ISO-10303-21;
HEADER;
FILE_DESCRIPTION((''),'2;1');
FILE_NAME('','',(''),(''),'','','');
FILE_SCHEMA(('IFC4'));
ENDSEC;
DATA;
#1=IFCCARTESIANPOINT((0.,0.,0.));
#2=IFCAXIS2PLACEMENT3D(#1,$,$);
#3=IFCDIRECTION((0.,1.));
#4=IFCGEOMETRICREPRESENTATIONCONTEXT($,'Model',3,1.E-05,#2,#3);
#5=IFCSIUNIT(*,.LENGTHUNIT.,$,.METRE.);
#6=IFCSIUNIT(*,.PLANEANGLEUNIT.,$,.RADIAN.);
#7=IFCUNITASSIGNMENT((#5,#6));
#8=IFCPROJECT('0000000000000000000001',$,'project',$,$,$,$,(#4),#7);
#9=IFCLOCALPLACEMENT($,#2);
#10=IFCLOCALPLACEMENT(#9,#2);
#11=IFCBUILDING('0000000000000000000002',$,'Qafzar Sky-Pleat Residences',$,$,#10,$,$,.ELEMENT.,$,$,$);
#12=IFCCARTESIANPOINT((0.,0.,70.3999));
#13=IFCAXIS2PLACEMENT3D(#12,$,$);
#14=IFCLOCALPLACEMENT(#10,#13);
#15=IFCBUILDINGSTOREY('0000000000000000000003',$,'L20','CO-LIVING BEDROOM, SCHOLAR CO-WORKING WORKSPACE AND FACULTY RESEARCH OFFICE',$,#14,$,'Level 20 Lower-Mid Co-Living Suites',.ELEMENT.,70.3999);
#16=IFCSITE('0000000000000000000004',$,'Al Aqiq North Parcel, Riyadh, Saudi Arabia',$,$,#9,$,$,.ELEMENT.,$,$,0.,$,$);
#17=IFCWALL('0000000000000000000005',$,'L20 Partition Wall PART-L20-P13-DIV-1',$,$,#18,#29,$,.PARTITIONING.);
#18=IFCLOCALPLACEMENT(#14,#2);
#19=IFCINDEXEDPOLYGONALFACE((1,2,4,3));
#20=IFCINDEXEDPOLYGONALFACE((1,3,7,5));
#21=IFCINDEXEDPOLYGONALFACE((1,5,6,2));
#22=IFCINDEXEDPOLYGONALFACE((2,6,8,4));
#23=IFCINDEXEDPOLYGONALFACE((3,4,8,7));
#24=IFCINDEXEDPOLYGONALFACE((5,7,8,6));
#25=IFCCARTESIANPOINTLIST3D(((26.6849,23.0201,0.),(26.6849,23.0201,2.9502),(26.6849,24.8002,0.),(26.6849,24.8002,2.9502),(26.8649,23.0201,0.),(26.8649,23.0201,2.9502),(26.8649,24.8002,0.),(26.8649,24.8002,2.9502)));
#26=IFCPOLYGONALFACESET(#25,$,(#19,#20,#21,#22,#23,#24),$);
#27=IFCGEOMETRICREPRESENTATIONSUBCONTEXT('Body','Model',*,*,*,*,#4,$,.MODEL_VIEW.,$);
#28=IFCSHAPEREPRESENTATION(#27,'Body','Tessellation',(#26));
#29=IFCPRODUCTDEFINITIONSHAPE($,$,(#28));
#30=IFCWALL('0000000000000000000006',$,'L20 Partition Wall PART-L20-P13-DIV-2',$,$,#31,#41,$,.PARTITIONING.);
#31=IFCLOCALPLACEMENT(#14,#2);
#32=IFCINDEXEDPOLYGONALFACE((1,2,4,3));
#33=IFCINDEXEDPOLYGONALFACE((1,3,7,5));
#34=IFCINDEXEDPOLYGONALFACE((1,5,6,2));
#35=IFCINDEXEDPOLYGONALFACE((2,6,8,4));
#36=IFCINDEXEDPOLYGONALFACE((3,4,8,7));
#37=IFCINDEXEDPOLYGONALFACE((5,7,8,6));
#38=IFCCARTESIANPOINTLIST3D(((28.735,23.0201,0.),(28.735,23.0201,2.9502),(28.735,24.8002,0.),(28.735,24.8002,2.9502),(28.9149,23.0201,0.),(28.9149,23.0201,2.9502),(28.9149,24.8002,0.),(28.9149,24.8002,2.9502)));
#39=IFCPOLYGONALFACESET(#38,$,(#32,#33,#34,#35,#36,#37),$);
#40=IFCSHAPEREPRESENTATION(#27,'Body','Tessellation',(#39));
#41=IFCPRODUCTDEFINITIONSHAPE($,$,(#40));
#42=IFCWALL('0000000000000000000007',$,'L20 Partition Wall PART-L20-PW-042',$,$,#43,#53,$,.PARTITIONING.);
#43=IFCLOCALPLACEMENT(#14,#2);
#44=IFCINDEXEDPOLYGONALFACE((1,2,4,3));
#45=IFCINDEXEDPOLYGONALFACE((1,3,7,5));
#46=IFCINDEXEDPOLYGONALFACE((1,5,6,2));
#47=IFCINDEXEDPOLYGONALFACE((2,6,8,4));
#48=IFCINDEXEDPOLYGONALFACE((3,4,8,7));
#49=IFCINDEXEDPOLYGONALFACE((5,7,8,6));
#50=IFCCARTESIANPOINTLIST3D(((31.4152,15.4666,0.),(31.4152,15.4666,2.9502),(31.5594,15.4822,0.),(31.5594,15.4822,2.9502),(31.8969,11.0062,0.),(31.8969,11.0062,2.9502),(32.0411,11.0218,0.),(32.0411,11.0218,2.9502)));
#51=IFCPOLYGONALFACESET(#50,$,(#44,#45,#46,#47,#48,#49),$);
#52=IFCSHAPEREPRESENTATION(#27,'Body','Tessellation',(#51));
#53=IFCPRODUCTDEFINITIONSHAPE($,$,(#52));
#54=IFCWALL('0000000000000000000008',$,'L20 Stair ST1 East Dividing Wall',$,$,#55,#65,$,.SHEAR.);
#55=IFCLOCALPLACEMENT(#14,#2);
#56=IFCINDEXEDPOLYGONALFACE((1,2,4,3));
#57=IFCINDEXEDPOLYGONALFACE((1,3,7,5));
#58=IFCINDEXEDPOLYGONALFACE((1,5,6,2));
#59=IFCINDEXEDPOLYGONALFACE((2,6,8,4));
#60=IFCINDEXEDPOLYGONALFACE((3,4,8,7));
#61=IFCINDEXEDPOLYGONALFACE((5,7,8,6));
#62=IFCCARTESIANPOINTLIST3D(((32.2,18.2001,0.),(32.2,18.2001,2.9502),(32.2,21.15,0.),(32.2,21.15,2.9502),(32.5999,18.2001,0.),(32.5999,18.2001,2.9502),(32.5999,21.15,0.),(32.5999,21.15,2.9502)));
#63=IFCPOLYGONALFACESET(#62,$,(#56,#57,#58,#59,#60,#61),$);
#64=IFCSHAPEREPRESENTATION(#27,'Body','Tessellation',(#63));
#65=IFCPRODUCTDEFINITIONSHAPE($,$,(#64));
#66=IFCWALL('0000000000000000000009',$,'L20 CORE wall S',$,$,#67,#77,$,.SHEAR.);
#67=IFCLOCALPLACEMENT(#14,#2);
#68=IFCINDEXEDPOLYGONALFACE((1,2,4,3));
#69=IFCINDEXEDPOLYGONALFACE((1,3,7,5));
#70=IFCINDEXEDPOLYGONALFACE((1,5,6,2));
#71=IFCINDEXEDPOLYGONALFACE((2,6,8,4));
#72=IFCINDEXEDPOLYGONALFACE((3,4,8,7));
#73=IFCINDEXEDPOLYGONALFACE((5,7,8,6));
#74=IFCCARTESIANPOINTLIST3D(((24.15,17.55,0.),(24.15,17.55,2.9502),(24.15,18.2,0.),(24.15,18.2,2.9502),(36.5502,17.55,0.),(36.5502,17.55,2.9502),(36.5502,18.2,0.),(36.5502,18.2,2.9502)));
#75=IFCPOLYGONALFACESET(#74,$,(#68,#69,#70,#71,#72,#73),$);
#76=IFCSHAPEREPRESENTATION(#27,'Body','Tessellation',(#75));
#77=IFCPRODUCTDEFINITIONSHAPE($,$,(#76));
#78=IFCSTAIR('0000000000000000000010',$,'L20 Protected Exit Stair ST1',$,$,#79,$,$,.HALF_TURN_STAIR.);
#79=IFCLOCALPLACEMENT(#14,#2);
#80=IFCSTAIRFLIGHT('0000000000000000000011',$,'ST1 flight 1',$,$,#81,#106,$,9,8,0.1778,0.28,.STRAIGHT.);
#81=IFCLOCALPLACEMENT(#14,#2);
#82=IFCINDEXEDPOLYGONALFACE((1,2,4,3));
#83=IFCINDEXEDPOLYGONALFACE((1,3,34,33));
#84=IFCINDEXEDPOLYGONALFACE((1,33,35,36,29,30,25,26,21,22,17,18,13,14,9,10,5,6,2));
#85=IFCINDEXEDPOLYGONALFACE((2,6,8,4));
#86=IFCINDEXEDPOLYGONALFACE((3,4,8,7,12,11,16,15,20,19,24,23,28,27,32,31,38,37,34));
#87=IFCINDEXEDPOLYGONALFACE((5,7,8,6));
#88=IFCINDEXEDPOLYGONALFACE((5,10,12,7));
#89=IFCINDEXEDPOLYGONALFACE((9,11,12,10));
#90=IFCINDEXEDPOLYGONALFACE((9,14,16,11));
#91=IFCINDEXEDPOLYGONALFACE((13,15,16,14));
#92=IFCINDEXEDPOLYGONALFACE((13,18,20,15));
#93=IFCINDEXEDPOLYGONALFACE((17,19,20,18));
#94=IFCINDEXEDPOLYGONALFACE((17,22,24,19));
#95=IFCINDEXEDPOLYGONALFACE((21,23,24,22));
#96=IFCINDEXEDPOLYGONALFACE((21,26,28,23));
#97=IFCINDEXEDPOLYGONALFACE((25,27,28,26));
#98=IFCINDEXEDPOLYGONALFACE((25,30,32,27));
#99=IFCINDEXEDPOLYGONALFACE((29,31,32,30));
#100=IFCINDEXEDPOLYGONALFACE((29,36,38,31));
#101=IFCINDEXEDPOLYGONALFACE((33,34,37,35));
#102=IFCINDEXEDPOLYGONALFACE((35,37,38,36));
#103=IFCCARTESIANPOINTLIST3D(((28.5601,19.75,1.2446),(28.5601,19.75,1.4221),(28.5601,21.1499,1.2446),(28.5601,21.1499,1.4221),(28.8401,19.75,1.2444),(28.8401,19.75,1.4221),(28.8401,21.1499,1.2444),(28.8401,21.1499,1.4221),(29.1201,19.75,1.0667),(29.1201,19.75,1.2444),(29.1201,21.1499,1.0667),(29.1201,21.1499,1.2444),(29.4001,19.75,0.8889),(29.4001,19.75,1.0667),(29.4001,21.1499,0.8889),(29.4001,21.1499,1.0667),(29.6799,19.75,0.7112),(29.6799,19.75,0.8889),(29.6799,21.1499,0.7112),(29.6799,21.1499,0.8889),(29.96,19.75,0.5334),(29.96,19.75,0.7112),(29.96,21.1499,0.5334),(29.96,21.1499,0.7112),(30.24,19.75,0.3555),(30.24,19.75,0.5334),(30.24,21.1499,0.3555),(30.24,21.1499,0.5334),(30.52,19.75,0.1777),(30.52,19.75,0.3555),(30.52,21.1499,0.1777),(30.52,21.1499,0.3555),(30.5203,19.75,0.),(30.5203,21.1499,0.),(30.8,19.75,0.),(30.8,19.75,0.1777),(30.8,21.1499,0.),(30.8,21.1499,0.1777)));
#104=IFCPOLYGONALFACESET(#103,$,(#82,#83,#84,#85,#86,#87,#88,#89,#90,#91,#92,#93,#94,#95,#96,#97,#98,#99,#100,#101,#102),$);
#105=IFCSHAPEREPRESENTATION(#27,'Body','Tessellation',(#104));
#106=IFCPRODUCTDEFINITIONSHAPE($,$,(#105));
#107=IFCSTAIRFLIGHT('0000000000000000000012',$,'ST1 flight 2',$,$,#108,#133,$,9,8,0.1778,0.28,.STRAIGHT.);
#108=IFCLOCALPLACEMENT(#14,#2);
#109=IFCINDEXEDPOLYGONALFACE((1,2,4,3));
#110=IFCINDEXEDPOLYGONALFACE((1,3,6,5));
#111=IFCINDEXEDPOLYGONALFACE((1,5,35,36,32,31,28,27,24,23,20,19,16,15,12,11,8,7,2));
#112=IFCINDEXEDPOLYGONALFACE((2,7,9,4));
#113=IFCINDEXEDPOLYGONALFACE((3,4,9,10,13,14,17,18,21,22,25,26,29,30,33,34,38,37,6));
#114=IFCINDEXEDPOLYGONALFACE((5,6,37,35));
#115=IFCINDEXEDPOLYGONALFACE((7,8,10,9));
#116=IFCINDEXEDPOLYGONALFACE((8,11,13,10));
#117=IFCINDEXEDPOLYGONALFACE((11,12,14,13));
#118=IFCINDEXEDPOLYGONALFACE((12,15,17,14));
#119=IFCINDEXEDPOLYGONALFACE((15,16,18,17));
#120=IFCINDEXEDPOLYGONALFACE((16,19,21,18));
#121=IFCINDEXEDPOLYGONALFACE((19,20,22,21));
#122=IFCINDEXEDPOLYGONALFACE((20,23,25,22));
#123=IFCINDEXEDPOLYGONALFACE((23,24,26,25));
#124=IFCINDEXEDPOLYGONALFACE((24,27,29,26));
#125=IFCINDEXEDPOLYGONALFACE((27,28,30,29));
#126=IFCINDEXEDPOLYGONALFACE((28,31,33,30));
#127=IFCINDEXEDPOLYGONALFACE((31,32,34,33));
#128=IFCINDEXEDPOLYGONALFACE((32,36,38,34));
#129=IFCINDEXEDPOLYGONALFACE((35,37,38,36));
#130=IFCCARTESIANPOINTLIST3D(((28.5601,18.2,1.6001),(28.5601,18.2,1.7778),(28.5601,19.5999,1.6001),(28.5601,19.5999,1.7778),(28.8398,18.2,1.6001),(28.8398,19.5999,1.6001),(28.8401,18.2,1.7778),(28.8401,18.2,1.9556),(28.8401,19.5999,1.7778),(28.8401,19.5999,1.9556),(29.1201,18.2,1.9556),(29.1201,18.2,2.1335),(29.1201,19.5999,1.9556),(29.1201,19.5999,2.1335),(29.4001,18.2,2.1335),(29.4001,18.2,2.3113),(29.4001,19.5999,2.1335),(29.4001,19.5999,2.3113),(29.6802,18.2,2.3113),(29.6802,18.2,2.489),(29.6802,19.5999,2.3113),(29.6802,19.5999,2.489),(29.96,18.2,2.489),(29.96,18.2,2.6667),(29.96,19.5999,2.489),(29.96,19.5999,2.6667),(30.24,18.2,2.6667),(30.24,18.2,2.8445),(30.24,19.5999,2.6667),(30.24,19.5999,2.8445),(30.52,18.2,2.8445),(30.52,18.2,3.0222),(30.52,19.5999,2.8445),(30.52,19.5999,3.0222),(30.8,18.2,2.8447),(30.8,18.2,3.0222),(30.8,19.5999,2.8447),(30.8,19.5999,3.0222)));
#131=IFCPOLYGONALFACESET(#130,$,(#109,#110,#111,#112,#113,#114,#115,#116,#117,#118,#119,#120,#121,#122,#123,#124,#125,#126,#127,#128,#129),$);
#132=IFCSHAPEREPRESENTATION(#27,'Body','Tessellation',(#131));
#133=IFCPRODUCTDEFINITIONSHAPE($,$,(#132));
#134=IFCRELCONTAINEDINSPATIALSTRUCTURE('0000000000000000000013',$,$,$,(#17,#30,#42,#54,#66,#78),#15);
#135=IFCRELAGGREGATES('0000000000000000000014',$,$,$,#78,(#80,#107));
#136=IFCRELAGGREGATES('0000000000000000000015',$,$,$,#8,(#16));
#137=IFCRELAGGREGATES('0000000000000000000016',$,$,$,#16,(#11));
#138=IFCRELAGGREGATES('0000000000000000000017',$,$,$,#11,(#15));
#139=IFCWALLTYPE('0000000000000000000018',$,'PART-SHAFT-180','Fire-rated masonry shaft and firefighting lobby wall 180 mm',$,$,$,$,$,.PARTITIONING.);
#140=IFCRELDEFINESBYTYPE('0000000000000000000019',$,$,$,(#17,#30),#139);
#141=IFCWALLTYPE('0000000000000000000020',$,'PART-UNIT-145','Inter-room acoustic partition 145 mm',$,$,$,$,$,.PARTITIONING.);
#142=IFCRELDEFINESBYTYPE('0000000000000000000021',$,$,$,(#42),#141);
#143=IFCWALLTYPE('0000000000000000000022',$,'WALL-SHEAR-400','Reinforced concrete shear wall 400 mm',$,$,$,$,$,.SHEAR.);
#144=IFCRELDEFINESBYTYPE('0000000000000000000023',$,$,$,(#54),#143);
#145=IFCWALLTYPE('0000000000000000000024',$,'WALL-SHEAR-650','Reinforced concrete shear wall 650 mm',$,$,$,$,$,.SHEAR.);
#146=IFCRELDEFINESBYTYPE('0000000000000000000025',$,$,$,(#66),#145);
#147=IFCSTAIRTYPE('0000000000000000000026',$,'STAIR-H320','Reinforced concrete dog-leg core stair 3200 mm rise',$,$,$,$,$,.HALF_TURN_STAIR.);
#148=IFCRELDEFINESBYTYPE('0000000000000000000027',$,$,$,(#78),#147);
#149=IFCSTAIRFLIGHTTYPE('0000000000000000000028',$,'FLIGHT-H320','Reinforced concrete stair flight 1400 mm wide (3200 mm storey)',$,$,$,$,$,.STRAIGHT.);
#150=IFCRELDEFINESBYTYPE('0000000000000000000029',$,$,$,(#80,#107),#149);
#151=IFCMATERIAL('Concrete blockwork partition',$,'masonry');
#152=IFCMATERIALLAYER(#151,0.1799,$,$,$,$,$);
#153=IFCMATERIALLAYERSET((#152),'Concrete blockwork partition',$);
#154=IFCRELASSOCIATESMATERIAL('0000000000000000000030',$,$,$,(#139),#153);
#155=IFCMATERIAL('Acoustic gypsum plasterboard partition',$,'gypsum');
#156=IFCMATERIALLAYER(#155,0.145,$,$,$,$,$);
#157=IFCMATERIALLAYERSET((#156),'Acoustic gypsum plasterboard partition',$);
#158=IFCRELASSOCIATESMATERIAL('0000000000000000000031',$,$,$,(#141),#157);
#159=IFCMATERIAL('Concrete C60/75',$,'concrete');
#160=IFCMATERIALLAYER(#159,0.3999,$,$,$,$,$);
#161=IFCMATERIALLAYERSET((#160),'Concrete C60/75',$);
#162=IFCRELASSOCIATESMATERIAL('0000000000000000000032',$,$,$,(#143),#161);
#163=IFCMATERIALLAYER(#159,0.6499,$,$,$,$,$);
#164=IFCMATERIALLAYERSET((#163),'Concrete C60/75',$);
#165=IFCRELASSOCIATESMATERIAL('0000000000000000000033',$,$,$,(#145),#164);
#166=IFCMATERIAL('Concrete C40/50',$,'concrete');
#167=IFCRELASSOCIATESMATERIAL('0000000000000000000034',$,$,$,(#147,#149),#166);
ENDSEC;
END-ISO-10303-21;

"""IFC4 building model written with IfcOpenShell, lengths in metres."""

from ifc_helpers import new_model, si_unit, direction, frame, frame_2d, origin, place, context, subcontext, project, spatial, polyline, rectangle, outline, extrude, source, transform, mapped, material, layer, layer_set, type_object, element, aggregate, save


model = new_model("IFC4")

# Units and contexts
model_context = context("Model", 3, precision=1e-05, world=origin(), true_north=direction((0.0, 1.0)))
body_context = subcontext(model_context, "Body", "Model", "MODEL_VIEW")
ifc_project = project(units=[si_unit("LENGTHUNIT", "METRE"), si_unit("PLANEANGLEUNIT", "RADIAN")], contexts=[model_context])

# Site, building, storey
site_placement = place(None, origin())
site = spatial("IfcSite", under=ifc_project, at=site_placement, Name="Al Aqiq North Parcel, Riyadh, Saudi Arabia", CompositionType="ELEMENT", RefElevation=0.0)
building_placement = place(site_placement, origin())
building = spatial("IfcBuilding", under=site, at=building_placement, Name="Qafzar Sky-Pleat Residences", CompositionType="ELEMENT")
storey_placement = place(building_placement, frame((0.0, 0.0, 70.3999)))
storey = spatial("IfcBuildingStorey", under=building, at=storey_placement, Name="L20", Description="CO-LIVING BEDROOM, SCHOLAR CO-WORKING WORKSPACE AND FACULTY RESEARCH OFFICE", LongName="Level 20 Lower-Mid Co-Living Suites", CompositionType="ELEMENT", Elevation=70.3999)

# Shared definitions
ifc_material_1 = material(Name="Acoustic gypsum plasterboard partition", Category="gypsum")
ifc_material_2 = material(Name="Concrete blockwork partition", Category="masonry")
ifc_layer_1 = layer(ifc_material_2, 0.1799)
ifc_layer_set_1 = layer_set([ifc_layer_1], Name="Concrete blockwork partition")
wall_type_1 = type_object("IfcWallType", Name="PART-SHAFT-180", Description="Fire-rated masonry shaft and firefighting lobby wall 180 mm", PredefinedType="PARTITIONING", material=ifc_layer_set_1)

# Walls
for number, where, z_axis, x_axis, name in (
    (1, (26.7749, 23.02, 0.0), (0.0, 0.0, 1.0), (0.0, 1.0, 0.0), "L20 Partition Wall PART-L20-P13-DIV-1"),
    (2, (28.825, 23.02, 0.0), (0.0, 0.0, 1.0), (0.0, 1.0, 0.0), "L20 Partition Wall PART-L20-P13-DIV-2"),
):
    element("IfcWall", number, at=place(storey_placement, frame(where, z_axis=z_axis, x_axis=x_axis)), inside=storey, type_object=wall_type_1, Name=name, PredefinedType="PARTITIONING", context=body_context, shape_type="SweptSolid", body=[
        extrude(rectangle(XDim=1.78, YDim=0.1799, at=frame_2d((0.8901, 0.0))), origin(), (0.0, 0.0, 1.0), 2.9502),
    ])
ifc_layer_2 = layer(ifc_material_1, 0.145)
ifc_layer_set_2 = layer_set([ifc_layer_2], Name="Acoustic gypsum plasterboard partition")
wall_type_2 = type_object("IfcWallType", Name="PART-UNIT-145", Description="Inter-room acoustic partition 145 mm", PredefinedType="PARTITIONING", material=ifc_layer_set_2)
wall_1_placement = place(storey_placement, frame((31.4873, 15.4744, 0.0), z_axis=(0.0, 0.0, 1.0), x_axis=(0.107367, -0.994219, 0.0)))
element("IfcWall", 3, at=wall_1_placement, inside=storey, type_object=wall_type_2, Name="L20 Partition Wall PART-L20-PW-042", PredefinedType="PARTITIONING", context=body_context, shape_type="SweptSolid", body=[
    extrude(rectangle(XDim=4.4863, YDim=0.145, at=frame_2d((2.2432, 0.0))), origin(), (0.0, 0.0, 1.0), 2.9502),
])

# Shared definitions
ifc_material_3 = material(Name="Concrete C60/75", Category="concrete")

# Walls
ifc_layer_3 = layer(ifc_material_3, 0.3999)
ifc_layer_set_3 = layer_set([ifc_layer_3], Name="Concrete C60/75")
wall_type_3 = type_object("IfcWallType", Name="WALL-SHEAR-400", Description="Reinforced concrete shear wall 400 mm", PredefinedType="SHEAR", material=ifc_layer_set_3)
wall_2_placement = place(storey_placement, frame((32.3999, 18.2, 0.0), z_axis=(0.0, 0.0, 1.0), x_axis=(0.0, 1.0, 0.0)))
element("IfcWall", 4, at=wall_2_placement, inside=storey, type_object=wall_type_3, Name="L20 Stair ST1 East Dividing Wall", PredefinedType="SHEAR", context=body_context, shape_type="SweptSolid", body=[
    extrude(rectangle(XDim=2.95, YDim=0.3999, at=frame_2d((1.4751, 0.0))), origin(), (0.0, 0.0, 1.0), 2.9502),
])
ifc_layer_4 = layer(ifc_material_3, 0.6499)
ifc_layer_set_4 = layer_set([ifc_layer_4], Name="Concrete C60/75")
wall_type_4 = type_object("IfcWallType", Name="WALL-SHEAR-650", Description="Reinforced concrete shear wall 650 mm", PredefinedType="SHEAR", material=ifc_layer_set_4)
wall_3_placement = place(storey_placement, frame((24.1499, 17.875, 0.0), z_axis=(0.0, 0.0, 1.0), x_axis=(1.0, 0.0, 0.0)))
element("IfcWall", 5, at=wall_3_placement, inside=storey, type_object=wall_type_4, Name="L20 CORE wall S", PredefinedType="SHEAR", context=body_context, shape_type="SweptSolid", body=[
    extrude(rectangle(XDim=12.4001, YDim=0.6499, at=frame_2d((6.2002, 0.0))), origin(), (0.0, 0.0, 1.0), 2.9502),
])

# Stair, stair flights
ifc_material_4 = material(Name="Concrete C40/50", Category="concrete")
stair_type = type_object("IfcStairType", Name="STAIR-H320", Description="Reinforced concrete dog-leg core stair 3200 mm rise", PredefinedType="HALF_TURN_STAIR", material=ifc_material_4)
stair_placement = place(storey_placement, origin())
stair = element("IfcStair", 6, at=stair_placement, inside=storey, type_object=stair_type, Name="L20 Protected Exit Stair ST1", PredefinedType="HALF_TURN_STAIR")
stair_flight_type = type_object("IfcStairFlightType", Name="FLIGHT-H320", Description="Reinforced concrete stair flight 1400 mm wide (3200 mm storey)", PredefinedType="STRAIGHT", material=ifc_material_4)
shared_shape_1 = source(origin(), body_context, "Body", "SweptSolid", [
    extrude(outline(polyline([(0.0, 0.0), (0.0, 0.1777), (0.28, 0.1777), (0.28, 0.3555), (0.5601, 0.3555), (0.5601, 0.5334), (0.8401, 0.5334), (0.8401, 0.7112), (1.1201, 0.7112), (1.1201, 0.8889), (1.3999, 0.8889), (1.3999, 1.0667), (1.6799, 1.0667), (1.6799, 1.2444), (1.96, 1.2444), (1.96, 1.4221), (2.24, 1.4221), (2.24, 1.6001), (2.24, 1.2446), (0.2798, 0.0), (0.0, 0.0)])), frame((0.0, 0.7, 0.0), z_axis=(0.0, -1.0, 0.0), x_axis=(1.0, 0.0, 0.0)), (0.0, 0.0, 1.0), 1.3999),
])
stair_flight_1_placement = place(storey_placement, frame((30.8, 20.45, 0.0), z_axis=(0.0, 0.0, 1.0), x_axis=(-1.0, 0.0, 0.0)))
stair_flight_1 = element("IfcStairFlight", 7, at=stair_flight_1_placement, type_object=stair_flight_type, Name="ST1 flight 1", NumberOfRisers=9, NumberOfTreads=8, PredefinedType="STRAIGHT", RiserHeight=0.1778, TreadLength=0.28, context=body_context, shape_type="MappedRepresentation", body=[
    mapped(shared_shape_1, transform((0.0, 0.0, 0.0), x_axis=(1.0, 0.0, 0.0), y_axis=(0.0, 1.0, 0.0), z_axis=(0.0, 0.0, 1.0), scale=1.0)),
])
stair_flight_2_placement = place(storey_placement, frame((28.5601, 18.8999, 1.6001), z_axis=(0.0, 0.0, 1.0), x_axis=(1.0, 0.0, 0.0)))
stair_flight_2 = element("IfcStairFlight", 8, at=stair_flight_2_placement, type_object=stair_flight_type, Name="ST1 flight 2", NumberOfRisers=9, NumberOfTreads=8, PredefinedType="STRAIGHT", RiserHeight=0.1778, TreadLength=0.28, context=body_context, shape_type="MappedRepresentation", body=[
    mapped(shared_shape_1, transform((0.0, 0.0, 0.0), x_axis=(1.0, 0.0, 0.0), y_axis=(0.0, 1.0, 0.0), z_axis=(0.0, 0.0, 1.0), scale=1.0)),
])
aggregate(stair, [stair_flight_1, stair_flight_2])

save(model, "model.ifc")
